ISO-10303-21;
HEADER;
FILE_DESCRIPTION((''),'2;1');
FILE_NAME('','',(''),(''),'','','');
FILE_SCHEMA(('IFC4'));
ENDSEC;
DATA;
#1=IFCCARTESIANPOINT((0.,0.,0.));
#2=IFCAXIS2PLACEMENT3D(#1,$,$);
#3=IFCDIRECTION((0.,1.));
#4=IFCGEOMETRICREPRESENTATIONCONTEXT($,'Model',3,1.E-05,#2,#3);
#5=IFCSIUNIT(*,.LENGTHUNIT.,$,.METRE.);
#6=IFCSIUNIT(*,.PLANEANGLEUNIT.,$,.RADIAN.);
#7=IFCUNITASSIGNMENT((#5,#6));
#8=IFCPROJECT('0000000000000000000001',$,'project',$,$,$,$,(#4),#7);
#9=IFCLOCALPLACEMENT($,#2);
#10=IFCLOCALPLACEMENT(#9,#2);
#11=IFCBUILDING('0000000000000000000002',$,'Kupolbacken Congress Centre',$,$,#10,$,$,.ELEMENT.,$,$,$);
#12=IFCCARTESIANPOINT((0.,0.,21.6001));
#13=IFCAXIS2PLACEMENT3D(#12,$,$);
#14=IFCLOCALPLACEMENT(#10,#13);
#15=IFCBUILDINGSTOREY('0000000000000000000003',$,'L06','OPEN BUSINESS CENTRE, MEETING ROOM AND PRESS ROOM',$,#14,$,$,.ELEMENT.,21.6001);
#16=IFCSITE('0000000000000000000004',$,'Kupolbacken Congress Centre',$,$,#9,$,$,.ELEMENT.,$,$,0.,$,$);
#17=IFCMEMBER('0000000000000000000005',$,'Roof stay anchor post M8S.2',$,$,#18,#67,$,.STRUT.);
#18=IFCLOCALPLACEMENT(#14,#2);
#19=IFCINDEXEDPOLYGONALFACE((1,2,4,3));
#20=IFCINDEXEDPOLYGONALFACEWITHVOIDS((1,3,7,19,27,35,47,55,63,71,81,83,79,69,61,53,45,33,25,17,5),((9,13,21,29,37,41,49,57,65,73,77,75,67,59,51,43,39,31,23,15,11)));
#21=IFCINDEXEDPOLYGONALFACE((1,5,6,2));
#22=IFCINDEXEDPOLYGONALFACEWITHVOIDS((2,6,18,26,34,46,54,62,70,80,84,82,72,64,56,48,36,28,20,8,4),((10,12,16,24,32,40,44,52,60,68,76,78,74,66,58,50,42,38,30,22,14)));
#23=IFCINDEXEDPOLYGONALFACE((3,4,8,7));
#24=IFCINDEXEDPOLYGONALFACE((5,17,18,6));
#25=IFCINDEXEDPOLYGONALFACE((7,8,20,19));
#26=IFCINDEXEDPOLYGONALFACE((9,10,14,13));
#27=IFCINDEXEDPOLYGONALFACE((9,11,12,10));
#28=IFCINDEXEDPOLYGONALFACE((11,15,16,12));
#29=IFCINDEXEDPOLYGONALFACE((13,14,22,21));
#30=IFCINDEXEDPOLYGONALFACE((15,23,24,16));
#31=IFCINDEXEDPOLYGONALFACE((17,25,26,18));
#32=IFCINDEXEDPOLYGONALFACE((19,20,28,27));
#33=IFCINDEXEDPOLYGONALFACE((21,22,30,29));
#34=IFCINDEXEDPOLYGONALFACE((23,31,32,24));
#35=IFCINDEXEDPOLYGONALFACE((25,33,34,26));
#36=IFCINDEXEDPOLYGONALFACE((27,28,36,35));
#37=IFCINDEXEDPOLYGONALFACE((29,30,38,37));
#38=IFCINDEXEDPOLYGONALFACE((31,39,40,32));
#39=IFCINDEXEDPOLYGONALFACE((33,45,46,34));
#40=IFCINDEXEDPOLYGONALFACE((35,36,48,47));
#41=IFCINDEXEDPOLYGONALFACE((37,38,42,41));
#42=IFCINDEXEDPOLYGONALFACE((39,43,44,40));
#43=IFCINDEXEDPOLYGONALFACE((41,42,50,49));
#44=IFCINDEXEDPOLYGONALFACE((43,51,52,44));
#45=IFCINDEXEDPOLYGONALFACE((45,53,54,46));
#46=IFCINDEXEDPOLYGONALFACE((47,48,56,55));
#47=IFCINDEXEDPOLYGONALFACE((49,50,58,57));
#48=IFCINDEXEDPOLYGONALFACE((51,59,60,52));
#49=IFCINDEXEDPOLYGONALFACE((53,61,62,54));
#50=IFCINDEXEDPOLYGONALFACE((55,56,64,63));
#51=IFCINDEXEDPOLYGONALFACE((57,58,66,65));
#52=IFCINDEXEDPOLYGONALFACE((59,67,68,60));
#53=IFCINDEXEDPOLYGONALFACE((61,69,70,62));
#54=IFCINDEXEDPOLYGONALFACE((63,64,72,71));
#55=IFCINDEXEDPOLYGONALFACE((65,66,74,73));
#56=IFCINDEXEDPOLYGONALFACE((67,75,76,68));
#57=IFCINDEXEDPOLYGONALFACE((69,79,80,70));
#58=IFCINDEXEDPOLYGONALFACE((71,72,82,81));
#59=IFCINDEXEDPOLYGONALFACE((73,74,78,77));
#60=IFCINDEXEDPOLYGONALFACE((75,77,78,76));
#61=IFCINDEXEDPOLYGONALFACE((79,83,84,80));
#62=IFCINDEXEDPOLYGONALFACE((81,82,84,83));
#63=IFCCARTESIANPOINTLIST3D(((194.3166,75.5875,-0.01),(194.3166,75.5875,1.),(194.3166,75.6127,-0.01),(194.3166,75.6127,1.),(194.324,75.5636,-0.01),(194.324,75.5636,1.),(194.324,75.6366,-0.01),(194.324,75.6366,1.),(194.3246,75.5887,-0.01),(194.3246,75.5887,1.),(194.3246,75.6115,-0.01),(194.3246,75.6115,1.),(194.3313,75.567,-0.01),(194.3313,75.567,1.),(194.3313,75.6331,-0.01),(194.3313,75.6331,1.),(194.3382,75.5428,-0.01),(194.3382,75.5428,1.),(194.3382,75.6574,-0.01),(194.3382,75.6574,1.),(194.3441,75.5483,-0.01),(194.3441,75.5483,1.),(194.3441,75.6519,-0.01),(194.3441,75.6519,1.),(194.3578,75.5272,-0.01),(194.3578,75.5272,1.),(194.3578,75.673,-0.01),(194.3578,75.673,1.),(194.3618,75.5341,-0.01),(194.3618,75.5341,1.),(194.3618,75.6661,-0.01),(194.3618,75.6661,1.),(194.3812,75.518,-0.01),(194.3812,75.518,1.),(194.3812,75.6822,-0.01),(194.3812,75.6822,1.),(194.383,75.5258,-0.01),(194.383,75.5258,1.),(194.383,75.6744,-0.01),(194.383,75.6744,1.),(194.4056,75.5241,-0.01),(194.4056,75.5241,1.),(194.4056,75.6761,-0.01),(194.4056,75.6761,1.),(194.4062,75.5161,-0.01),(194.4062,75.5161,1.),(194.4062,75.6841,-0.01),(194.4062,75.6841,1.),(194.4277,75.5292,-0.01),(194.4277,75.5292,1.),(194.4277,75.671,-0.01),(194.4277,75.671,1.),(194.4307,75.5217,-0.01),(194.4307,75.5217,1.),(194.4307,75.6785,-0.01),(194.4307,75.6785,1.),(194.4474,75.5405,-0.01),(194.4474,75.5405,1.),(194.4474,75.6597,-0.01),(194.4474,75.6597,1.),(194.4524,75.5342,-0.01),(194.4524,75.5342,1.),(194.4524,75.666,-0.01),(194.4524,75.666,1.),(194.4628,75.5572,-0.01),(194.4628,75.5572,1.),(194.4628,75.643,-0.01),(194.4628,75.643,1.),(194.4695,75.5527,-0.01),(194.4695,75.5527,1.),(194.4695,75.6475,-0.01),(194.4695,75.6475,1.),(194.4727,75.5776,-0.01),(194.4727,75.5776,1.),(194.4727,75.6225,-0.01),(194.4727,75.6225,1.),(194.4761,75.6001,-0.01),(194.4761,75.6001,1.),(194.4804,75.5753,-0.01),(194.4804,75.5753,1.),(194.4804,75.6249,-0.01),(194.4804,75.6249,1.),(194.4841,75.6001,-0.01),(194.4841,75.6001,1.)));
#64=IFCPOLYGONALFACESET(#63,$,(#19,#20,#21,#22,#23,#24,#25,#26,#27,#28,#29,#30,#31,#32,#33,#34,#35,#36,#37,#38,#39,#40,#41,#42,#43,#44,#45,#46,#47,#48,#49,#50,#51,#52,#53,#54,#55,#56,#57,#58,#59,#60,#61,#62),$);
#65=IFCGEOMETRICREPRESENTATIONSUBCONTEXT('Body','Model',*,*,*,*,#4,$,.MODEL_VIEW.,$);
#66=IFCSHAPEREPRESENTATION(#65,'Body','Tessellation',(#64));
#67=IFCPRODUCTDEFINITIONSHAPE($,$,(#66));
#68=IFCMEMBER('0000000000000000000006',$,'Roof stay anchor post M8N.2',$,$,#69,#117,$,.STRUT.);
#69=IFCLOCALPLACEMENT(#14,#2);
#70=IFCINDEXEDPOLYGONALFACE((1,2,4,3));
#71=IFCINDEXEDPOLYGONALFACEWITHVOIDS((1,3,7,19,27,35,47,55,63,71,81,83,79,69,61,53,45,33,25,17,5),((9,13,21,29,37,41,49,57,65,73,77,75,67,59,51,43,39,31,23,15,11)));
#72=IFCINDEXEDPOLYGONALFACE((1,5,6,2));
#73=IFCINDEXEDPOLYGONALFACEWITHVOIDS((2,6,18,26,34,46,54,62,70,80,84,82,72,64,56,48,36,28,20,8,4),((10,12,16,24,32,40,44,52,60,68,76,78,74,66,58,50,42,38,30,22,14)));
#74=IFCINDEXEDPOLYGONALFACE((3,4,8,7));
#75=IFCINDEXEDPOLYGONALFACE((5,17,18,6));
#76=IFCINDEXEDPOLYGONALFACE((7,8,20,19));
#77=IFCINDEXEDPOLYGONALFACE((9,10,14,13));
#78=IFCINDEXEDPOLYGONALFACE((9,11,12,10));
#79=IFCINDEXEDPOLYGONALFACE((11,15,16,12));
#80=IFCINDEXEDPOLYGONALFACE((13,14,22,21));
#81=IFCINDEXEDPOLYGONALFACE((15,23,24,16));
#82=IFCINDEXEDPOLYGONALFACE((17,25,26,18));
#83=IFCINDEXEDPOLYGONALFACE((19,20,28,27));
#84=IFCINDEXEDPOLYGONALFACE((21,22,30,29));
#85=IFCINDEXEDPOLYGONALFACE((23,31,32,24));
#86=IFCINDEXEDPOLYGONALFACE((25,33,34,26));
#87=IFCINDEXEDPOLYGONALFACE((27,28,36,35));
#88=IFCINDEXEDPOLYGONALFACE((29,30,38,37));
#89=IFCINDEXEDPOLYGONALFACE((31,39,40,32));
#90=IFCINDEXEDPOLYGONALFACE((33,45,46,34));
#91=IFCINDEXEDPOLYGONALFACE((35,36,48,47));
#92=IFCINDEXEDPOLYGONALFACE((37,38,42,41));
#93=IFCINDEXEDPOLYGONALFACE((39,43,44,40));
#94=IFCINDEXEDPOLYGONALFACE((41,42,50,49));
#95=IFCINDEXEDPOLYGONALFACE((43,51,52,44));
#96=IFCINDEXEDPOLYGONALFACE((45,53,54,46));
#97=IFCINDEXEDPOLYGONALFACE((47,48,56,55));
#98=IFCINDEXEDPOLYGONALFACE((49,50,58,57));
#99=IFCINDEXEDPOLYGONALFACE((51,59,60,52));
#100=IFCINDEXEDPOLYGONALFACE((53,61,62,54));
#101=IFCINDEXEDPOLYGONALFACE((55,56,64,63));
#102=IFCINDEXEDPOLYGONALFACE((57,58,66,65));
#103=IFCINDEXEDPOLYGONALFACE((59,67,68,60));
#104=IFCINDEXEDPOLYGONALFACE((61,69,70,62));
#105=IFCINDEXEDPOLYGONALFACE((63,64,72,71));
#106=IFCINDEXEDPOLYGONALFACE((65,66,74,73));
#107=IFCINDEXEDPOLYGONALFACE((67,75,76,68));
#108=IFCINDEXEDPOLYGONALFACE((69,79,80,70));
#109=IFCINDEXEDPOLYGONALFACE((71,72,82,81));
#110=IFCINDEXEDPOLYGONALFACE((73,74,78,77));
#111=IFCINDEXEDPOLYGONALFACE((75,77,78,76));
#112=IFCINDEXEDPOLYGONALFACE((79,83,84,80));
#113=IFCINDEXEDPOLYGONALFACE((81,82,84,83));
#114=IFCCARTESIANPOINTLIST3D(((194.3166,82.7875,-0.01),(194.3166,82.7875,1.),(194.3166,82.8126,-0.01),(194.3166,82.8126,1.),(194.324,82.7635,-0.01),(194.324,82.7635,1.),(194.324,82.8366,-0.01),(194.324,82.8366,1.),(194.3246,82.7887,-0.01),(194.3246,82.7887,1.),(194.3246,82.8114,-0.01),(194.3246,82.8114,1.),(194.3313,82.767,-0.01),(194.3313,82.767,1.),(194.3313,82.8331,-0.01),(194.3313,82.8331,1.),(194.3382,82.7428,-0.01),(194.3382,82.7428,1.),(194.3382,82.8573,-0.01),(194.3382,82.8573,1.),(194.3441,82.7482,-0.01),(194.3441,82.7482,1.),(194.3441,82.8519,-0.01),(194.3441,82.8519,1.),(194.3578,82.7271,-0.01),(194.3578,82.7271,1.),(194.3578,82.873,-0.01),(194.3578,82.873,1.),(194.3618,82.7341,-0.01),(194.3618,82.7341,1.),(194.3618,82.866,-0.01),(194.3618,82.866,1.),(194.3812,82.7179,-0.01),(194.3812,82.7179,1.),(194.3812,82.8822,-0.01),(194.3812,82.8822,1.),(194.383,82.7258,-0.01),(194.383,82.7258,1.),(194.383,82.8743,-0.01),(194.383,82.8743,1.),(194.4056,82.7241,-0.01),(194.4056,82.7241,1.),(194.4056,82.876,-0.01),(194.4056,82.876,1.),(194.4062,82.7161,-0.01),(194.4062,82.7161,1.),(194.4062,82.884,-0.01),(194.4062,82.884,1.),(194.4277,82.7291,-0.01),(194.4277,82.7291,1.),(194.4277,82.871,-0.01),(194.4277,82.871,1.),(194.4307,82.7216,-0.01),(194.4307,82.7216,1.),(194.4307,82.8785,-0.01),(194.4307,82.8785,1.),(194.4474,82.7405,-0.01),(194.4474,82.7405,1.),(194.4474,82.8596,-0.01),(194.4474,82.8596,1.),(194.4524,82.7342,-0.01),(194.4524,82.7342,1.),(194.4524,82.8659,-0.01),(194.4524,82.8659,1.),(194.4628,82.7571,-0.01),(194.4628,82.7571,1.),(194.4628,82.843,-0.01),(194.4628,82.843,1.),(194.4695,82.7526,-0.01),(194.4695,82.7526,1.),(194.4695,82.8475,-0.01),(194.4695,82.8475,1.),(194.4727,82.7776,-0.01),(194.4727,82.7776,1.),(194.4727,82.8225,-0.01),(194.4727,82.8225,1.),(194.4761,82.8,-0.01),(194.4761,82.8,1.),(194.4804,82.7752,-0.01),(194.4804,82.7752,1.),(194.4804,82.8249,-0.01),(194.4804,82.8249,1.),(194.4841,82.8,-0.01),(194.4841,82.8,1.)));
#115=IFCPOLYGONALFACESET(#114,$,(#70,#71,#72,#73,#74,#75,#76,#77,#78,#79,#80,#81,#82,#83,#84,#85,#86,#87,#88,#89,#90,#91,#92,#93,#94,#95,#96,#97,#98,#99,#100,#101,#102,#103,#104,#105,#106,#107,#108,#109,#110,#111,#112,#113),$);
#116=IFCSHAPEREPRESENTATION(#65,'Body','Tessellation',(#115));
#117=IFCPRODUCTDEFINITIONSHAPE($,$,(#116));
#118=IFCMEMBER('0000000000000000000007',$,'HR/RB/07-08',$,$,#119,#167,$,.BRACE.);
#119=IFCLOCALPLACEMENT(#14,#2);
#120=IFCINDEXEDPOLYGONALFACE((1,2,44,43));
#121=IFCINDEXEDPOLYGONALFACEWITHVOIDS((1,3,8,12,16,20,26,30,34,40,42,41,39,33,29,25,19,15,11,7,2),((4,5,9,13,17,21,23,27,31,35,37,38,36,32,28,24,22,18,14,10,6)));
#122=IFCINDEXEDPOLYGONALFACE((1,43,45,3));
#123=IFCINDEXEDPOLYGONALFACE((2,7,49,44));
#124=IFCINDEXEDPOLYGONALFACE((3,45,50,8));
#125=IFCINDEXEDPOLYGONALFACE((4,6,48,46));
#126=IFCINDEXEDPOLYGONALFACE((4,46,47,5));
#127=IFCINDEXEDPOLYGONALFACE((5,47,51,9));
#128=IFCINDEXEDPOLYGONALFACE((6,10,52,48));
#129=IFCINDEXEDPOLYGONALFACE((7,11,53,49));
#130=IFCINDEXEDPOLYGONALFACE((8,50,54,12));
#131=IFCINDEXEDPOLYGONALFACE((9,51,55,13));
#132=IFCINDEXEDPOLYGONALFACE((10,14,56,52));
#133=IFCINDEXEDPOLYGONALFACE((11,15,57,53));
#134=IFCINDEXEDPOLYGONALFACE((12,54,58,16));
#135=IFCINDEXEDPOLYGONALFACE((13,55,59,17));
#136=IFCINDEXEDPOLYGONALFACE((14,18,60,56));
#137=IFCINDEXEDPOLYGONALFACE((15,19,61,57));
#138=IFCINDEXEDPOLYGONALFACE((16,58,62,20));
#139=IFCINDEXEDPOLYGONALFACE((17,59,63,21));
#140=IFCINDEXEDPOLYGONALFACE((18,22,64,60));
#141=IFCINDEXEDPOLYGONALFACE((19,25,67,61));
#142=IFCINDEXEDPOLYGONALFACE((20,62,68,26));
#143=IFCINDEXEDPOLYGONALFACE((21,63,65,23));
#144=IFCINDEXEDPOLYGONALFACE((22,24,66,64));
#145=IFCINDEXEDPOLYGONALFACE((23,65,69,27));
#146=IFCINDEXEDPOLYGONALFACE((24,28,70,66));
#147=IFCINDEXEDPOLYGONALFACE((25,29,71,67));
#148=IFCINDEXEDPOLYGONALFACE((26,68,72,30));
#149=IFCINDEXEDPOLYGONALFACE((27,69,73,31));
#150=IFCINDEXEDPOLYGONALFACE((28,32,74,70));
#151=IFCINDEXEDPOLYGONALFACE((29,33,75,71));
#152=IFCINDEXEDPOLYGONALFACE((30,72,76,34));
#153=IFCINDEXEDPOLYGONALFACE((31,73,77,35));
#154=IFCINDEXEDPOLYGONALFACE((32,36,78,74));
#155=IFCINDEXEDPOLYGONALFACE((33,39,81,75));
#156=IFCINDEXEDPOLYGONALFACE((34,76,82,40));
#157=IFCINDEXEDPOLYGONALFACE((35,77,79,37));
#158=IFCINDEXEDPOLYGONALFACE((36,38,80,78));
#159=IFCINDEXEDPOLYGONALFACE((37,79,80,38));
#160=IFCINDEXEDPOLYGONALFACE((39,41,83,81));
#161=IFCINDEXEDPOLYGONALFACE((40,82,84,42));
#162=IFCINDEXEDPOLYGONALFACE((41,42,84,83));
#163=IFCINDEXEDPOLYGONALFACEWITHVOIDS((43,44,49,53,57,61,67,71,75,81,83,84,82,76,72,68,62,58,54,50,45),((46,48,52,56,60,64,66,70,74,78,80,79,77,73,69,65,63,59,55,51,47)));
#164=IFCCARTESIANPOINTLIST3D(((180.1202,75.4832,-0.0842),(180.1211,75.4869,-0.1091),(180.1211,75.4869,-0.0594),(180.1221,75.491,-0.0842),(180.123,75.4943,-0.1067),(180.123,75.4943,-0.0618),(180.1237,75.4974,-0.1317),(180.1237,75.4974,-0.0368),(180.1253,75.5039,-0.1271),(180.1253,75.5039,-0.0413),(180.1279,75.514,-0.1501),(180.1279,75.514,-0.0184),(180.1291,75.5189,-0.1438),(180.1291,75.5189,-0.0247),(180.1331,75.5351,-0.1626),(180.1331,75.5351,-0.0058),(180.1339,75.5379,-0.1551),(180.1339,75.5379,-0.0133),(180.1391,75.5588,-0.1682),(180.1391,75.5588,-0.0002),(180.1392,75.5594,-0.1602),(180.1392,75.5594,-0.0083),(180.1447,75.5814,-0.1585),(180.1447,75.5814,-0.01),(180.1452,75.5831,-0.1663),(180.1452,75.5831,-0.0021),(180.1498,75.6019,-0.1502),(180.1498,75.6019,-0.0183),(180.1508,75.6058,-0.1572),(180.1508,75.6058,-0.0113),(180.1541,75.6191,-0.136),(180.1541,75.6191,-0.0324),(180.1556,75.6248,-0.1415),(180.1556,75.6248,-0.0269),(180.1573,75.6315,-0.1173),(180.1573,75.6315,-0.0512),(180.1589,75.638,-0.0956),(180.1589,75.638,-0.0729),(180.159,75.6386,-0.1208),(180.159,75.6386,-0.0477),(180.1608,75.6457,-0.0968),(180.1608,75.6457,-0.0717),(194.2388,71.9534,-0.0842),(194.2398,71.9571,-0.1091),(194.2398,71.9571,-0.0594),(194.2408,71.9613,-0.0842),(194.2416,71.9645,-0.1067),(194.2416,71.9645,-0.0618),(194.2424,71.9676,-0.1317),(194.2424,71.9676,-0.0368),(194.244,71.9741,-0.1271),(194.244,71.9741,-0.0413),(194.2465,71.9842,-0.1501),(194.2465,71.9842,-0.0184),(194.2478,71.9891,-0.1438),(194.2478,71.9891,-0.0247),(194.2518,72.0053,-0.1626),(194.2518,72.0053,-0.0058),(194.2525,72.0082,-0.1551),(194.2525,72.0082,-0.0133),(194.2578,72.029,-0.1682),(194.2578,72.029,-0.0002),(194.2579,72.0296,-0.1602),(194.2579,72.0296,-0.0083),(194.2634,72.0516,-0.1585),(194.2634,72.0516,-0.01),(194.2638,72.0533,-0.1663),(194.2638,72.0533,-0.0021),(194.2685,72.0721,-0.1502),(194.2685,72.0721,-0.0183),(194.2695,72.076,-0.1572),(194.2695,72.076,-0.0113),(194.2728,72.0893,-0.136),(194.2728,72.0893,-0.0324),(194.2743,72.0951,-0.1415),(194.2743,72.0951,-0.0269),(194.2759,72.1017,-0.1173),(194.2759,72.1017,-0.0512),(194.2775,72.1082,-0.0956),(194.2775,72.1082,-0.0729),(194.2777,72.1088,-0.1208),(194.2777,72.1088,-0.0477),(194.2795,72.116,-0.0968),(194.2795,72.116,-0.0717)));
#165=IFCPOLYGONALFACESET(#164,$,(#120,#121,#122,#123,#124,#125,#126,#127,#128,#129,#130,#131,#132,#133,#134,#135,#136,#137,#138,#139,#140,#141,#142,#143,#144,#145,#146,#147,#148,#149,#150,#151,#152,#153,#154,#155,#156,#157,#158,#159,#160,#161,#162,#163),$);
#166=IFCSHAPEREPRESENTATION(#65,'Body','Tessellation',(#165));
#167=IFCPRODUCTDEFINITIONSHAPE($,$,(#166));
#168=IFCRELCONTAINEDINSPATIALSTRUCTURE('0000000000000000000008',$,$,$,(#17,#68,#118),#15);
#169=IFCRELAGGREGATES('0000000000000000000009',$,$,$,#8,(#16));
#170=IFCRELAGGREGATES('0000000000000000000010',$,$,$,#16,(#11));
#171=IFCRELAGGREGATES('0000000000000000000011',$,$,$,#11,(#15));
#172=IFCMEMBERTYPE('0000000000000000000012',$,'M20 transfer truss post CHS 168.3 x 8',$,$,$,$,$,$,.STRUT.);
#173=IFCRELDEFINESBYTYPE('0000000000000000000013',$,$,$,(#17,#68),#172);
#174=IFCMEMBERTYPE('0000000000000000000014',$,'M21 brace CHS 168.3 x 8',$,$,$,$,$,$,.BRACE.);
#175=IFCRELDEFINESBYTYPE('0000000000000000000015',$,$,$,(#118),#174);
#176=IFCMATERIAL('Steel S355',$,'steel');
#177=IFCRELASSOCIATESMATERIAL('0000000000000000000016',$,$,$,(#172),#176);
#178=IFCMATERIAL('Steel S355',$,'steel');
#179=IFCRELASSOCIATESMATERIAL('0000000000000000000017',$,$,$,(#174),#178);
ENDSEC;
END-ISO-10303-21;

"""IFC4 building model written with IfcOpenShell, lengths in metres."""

from ifc_helpers import new_model, si_unit, direction, frame, origin, origin_2d, place, context, subcontext, project, spatial, hollow_circle, extrude, material, material_profile, profile_set, type_object, element, save


model = new_model("IFC4")

# Units and contexts
model_context = context("Model", 3, precision=1e-05, world=origin(), true_north=direction((0.0, 1.0)))
body_context = subcontext(model_context, "Body", "Model", "MODEL_VIEW")
ifc_project = project(units=[si_unit("LENGTHUNIT", "METRE"), si_unit("PLANEANGLEUNIT", "RADIAN")], contexts=[model_context])

# Site, building, storey
site_placement = place(None, origin())
site = spatial("IfcSite", under=ifc_project, at=site_placement, Name="Kupolbacken Congress Centre", CompositionType="ELEMENT", RefElevation=0.0)
building_placement = place(site_placement, origin())
building = spatial("IfcBuilding", under=site, at=building_placement, Name="Kupolbacken Congress Centre", CompositionType="ELEMENT")
storey_placement = place(building_placement, frame((0.0, 0.0, 21.6001)))
storey = spatial("IfcBuildingStorey", under=building, at=storey_placement, Name="L06", Description="OPEN BUSINESS CENTRE, MEETING ROOM AND PRESS ROOM", CompositionType="ELEMENT", Elevation=21.6001)

# Members
ifc_material_1 = material(Name="Steel S355", Category="steel")
ifc_material_profile_1 = material_profile(ifc_material_1, hollow_circle(Radius=0.0842, WallThickness=0.0081, at=origin_2d()), Name="CHS 168.3 x 8")
ifc_profile_set_1 = profile_set([ifc_material_profile_1], Name="Steel S355")
member_type_1 = type_object("IfcMemberType", Name="M20 transfer truss post CHS 168.3 x 8", PredefinedType="STRUT", material=ifc_profile_set_1)
for number, where, z_axis, x_axis, name in (
    (1, (194.3999, 75.6001, -0.01), (0.0, 0.0, 1.0), (1.0, 0.0, 0.0), "Roof stay anchor post M8S.2"),
    (2, (194.3999, 82.8, -0.01), (0.0, 0.0, 1.0), (1.0, 0.0, 0.0), "Roof stay anchor post M8N.2"),
):
    element("IfcMember", number, at=place(storey_placement, frame(where, z_axis=z_axis, x_axis=x_axis)), inside=storey, type_object=member_type_1, Name=name, PredefinedType="STRUT", context=body_context, shape_type="SweptSolid", body=[
        extrude(hollow_circle(Radius=0.0842, WallThickness=0.0081, at=origin_2d()), origin(), (0.0, 0.0, 1.0), 1.01),
    ])
ifc_material_2 = material(Name="Steel S355", Category="steel")
ifc_material_profile_2 = material_profile(ifc_material_2, hollow_circle(Radius=0.0842, WallThickness=0.0081, at=origin_2d()), Name="CHS 168.3 x 8")
ifc_profile_set_2 = profile_set([ifc_material_profile_2], Name="Steel S355")
member_type_2 = type_object("IfcMemberType", Name="M21 brace CHS 168.3 x 8", PredefinedType="BRACE", material=ifc_profile_set_2)
for number, where, z_axis, x_axis, name in (
    (3, (194.2593, 72.0352, -0.0842), (-0.970141, 0.242544, 0.0), (-0.242544, -0.970141, 0.0), "HR/RB/07-08"),
):
    element("IfcMember", number, at=place(storey_placement, frame(where, z_axis=z_axis, x_axis=x_axis)), inside=storey, type_object=member_type_2, Name=name, PredefinedType="BRACE", context=body_context, shape_type="SweptSolid", body=[
        extrude(hollow_circle(Radius=0.0842, WallThickness=0.0081, at=origin_2d()), origin(), (0.0, 0.0, 1.0), 14.5532),
    ])

save(model, "model.ifc")
